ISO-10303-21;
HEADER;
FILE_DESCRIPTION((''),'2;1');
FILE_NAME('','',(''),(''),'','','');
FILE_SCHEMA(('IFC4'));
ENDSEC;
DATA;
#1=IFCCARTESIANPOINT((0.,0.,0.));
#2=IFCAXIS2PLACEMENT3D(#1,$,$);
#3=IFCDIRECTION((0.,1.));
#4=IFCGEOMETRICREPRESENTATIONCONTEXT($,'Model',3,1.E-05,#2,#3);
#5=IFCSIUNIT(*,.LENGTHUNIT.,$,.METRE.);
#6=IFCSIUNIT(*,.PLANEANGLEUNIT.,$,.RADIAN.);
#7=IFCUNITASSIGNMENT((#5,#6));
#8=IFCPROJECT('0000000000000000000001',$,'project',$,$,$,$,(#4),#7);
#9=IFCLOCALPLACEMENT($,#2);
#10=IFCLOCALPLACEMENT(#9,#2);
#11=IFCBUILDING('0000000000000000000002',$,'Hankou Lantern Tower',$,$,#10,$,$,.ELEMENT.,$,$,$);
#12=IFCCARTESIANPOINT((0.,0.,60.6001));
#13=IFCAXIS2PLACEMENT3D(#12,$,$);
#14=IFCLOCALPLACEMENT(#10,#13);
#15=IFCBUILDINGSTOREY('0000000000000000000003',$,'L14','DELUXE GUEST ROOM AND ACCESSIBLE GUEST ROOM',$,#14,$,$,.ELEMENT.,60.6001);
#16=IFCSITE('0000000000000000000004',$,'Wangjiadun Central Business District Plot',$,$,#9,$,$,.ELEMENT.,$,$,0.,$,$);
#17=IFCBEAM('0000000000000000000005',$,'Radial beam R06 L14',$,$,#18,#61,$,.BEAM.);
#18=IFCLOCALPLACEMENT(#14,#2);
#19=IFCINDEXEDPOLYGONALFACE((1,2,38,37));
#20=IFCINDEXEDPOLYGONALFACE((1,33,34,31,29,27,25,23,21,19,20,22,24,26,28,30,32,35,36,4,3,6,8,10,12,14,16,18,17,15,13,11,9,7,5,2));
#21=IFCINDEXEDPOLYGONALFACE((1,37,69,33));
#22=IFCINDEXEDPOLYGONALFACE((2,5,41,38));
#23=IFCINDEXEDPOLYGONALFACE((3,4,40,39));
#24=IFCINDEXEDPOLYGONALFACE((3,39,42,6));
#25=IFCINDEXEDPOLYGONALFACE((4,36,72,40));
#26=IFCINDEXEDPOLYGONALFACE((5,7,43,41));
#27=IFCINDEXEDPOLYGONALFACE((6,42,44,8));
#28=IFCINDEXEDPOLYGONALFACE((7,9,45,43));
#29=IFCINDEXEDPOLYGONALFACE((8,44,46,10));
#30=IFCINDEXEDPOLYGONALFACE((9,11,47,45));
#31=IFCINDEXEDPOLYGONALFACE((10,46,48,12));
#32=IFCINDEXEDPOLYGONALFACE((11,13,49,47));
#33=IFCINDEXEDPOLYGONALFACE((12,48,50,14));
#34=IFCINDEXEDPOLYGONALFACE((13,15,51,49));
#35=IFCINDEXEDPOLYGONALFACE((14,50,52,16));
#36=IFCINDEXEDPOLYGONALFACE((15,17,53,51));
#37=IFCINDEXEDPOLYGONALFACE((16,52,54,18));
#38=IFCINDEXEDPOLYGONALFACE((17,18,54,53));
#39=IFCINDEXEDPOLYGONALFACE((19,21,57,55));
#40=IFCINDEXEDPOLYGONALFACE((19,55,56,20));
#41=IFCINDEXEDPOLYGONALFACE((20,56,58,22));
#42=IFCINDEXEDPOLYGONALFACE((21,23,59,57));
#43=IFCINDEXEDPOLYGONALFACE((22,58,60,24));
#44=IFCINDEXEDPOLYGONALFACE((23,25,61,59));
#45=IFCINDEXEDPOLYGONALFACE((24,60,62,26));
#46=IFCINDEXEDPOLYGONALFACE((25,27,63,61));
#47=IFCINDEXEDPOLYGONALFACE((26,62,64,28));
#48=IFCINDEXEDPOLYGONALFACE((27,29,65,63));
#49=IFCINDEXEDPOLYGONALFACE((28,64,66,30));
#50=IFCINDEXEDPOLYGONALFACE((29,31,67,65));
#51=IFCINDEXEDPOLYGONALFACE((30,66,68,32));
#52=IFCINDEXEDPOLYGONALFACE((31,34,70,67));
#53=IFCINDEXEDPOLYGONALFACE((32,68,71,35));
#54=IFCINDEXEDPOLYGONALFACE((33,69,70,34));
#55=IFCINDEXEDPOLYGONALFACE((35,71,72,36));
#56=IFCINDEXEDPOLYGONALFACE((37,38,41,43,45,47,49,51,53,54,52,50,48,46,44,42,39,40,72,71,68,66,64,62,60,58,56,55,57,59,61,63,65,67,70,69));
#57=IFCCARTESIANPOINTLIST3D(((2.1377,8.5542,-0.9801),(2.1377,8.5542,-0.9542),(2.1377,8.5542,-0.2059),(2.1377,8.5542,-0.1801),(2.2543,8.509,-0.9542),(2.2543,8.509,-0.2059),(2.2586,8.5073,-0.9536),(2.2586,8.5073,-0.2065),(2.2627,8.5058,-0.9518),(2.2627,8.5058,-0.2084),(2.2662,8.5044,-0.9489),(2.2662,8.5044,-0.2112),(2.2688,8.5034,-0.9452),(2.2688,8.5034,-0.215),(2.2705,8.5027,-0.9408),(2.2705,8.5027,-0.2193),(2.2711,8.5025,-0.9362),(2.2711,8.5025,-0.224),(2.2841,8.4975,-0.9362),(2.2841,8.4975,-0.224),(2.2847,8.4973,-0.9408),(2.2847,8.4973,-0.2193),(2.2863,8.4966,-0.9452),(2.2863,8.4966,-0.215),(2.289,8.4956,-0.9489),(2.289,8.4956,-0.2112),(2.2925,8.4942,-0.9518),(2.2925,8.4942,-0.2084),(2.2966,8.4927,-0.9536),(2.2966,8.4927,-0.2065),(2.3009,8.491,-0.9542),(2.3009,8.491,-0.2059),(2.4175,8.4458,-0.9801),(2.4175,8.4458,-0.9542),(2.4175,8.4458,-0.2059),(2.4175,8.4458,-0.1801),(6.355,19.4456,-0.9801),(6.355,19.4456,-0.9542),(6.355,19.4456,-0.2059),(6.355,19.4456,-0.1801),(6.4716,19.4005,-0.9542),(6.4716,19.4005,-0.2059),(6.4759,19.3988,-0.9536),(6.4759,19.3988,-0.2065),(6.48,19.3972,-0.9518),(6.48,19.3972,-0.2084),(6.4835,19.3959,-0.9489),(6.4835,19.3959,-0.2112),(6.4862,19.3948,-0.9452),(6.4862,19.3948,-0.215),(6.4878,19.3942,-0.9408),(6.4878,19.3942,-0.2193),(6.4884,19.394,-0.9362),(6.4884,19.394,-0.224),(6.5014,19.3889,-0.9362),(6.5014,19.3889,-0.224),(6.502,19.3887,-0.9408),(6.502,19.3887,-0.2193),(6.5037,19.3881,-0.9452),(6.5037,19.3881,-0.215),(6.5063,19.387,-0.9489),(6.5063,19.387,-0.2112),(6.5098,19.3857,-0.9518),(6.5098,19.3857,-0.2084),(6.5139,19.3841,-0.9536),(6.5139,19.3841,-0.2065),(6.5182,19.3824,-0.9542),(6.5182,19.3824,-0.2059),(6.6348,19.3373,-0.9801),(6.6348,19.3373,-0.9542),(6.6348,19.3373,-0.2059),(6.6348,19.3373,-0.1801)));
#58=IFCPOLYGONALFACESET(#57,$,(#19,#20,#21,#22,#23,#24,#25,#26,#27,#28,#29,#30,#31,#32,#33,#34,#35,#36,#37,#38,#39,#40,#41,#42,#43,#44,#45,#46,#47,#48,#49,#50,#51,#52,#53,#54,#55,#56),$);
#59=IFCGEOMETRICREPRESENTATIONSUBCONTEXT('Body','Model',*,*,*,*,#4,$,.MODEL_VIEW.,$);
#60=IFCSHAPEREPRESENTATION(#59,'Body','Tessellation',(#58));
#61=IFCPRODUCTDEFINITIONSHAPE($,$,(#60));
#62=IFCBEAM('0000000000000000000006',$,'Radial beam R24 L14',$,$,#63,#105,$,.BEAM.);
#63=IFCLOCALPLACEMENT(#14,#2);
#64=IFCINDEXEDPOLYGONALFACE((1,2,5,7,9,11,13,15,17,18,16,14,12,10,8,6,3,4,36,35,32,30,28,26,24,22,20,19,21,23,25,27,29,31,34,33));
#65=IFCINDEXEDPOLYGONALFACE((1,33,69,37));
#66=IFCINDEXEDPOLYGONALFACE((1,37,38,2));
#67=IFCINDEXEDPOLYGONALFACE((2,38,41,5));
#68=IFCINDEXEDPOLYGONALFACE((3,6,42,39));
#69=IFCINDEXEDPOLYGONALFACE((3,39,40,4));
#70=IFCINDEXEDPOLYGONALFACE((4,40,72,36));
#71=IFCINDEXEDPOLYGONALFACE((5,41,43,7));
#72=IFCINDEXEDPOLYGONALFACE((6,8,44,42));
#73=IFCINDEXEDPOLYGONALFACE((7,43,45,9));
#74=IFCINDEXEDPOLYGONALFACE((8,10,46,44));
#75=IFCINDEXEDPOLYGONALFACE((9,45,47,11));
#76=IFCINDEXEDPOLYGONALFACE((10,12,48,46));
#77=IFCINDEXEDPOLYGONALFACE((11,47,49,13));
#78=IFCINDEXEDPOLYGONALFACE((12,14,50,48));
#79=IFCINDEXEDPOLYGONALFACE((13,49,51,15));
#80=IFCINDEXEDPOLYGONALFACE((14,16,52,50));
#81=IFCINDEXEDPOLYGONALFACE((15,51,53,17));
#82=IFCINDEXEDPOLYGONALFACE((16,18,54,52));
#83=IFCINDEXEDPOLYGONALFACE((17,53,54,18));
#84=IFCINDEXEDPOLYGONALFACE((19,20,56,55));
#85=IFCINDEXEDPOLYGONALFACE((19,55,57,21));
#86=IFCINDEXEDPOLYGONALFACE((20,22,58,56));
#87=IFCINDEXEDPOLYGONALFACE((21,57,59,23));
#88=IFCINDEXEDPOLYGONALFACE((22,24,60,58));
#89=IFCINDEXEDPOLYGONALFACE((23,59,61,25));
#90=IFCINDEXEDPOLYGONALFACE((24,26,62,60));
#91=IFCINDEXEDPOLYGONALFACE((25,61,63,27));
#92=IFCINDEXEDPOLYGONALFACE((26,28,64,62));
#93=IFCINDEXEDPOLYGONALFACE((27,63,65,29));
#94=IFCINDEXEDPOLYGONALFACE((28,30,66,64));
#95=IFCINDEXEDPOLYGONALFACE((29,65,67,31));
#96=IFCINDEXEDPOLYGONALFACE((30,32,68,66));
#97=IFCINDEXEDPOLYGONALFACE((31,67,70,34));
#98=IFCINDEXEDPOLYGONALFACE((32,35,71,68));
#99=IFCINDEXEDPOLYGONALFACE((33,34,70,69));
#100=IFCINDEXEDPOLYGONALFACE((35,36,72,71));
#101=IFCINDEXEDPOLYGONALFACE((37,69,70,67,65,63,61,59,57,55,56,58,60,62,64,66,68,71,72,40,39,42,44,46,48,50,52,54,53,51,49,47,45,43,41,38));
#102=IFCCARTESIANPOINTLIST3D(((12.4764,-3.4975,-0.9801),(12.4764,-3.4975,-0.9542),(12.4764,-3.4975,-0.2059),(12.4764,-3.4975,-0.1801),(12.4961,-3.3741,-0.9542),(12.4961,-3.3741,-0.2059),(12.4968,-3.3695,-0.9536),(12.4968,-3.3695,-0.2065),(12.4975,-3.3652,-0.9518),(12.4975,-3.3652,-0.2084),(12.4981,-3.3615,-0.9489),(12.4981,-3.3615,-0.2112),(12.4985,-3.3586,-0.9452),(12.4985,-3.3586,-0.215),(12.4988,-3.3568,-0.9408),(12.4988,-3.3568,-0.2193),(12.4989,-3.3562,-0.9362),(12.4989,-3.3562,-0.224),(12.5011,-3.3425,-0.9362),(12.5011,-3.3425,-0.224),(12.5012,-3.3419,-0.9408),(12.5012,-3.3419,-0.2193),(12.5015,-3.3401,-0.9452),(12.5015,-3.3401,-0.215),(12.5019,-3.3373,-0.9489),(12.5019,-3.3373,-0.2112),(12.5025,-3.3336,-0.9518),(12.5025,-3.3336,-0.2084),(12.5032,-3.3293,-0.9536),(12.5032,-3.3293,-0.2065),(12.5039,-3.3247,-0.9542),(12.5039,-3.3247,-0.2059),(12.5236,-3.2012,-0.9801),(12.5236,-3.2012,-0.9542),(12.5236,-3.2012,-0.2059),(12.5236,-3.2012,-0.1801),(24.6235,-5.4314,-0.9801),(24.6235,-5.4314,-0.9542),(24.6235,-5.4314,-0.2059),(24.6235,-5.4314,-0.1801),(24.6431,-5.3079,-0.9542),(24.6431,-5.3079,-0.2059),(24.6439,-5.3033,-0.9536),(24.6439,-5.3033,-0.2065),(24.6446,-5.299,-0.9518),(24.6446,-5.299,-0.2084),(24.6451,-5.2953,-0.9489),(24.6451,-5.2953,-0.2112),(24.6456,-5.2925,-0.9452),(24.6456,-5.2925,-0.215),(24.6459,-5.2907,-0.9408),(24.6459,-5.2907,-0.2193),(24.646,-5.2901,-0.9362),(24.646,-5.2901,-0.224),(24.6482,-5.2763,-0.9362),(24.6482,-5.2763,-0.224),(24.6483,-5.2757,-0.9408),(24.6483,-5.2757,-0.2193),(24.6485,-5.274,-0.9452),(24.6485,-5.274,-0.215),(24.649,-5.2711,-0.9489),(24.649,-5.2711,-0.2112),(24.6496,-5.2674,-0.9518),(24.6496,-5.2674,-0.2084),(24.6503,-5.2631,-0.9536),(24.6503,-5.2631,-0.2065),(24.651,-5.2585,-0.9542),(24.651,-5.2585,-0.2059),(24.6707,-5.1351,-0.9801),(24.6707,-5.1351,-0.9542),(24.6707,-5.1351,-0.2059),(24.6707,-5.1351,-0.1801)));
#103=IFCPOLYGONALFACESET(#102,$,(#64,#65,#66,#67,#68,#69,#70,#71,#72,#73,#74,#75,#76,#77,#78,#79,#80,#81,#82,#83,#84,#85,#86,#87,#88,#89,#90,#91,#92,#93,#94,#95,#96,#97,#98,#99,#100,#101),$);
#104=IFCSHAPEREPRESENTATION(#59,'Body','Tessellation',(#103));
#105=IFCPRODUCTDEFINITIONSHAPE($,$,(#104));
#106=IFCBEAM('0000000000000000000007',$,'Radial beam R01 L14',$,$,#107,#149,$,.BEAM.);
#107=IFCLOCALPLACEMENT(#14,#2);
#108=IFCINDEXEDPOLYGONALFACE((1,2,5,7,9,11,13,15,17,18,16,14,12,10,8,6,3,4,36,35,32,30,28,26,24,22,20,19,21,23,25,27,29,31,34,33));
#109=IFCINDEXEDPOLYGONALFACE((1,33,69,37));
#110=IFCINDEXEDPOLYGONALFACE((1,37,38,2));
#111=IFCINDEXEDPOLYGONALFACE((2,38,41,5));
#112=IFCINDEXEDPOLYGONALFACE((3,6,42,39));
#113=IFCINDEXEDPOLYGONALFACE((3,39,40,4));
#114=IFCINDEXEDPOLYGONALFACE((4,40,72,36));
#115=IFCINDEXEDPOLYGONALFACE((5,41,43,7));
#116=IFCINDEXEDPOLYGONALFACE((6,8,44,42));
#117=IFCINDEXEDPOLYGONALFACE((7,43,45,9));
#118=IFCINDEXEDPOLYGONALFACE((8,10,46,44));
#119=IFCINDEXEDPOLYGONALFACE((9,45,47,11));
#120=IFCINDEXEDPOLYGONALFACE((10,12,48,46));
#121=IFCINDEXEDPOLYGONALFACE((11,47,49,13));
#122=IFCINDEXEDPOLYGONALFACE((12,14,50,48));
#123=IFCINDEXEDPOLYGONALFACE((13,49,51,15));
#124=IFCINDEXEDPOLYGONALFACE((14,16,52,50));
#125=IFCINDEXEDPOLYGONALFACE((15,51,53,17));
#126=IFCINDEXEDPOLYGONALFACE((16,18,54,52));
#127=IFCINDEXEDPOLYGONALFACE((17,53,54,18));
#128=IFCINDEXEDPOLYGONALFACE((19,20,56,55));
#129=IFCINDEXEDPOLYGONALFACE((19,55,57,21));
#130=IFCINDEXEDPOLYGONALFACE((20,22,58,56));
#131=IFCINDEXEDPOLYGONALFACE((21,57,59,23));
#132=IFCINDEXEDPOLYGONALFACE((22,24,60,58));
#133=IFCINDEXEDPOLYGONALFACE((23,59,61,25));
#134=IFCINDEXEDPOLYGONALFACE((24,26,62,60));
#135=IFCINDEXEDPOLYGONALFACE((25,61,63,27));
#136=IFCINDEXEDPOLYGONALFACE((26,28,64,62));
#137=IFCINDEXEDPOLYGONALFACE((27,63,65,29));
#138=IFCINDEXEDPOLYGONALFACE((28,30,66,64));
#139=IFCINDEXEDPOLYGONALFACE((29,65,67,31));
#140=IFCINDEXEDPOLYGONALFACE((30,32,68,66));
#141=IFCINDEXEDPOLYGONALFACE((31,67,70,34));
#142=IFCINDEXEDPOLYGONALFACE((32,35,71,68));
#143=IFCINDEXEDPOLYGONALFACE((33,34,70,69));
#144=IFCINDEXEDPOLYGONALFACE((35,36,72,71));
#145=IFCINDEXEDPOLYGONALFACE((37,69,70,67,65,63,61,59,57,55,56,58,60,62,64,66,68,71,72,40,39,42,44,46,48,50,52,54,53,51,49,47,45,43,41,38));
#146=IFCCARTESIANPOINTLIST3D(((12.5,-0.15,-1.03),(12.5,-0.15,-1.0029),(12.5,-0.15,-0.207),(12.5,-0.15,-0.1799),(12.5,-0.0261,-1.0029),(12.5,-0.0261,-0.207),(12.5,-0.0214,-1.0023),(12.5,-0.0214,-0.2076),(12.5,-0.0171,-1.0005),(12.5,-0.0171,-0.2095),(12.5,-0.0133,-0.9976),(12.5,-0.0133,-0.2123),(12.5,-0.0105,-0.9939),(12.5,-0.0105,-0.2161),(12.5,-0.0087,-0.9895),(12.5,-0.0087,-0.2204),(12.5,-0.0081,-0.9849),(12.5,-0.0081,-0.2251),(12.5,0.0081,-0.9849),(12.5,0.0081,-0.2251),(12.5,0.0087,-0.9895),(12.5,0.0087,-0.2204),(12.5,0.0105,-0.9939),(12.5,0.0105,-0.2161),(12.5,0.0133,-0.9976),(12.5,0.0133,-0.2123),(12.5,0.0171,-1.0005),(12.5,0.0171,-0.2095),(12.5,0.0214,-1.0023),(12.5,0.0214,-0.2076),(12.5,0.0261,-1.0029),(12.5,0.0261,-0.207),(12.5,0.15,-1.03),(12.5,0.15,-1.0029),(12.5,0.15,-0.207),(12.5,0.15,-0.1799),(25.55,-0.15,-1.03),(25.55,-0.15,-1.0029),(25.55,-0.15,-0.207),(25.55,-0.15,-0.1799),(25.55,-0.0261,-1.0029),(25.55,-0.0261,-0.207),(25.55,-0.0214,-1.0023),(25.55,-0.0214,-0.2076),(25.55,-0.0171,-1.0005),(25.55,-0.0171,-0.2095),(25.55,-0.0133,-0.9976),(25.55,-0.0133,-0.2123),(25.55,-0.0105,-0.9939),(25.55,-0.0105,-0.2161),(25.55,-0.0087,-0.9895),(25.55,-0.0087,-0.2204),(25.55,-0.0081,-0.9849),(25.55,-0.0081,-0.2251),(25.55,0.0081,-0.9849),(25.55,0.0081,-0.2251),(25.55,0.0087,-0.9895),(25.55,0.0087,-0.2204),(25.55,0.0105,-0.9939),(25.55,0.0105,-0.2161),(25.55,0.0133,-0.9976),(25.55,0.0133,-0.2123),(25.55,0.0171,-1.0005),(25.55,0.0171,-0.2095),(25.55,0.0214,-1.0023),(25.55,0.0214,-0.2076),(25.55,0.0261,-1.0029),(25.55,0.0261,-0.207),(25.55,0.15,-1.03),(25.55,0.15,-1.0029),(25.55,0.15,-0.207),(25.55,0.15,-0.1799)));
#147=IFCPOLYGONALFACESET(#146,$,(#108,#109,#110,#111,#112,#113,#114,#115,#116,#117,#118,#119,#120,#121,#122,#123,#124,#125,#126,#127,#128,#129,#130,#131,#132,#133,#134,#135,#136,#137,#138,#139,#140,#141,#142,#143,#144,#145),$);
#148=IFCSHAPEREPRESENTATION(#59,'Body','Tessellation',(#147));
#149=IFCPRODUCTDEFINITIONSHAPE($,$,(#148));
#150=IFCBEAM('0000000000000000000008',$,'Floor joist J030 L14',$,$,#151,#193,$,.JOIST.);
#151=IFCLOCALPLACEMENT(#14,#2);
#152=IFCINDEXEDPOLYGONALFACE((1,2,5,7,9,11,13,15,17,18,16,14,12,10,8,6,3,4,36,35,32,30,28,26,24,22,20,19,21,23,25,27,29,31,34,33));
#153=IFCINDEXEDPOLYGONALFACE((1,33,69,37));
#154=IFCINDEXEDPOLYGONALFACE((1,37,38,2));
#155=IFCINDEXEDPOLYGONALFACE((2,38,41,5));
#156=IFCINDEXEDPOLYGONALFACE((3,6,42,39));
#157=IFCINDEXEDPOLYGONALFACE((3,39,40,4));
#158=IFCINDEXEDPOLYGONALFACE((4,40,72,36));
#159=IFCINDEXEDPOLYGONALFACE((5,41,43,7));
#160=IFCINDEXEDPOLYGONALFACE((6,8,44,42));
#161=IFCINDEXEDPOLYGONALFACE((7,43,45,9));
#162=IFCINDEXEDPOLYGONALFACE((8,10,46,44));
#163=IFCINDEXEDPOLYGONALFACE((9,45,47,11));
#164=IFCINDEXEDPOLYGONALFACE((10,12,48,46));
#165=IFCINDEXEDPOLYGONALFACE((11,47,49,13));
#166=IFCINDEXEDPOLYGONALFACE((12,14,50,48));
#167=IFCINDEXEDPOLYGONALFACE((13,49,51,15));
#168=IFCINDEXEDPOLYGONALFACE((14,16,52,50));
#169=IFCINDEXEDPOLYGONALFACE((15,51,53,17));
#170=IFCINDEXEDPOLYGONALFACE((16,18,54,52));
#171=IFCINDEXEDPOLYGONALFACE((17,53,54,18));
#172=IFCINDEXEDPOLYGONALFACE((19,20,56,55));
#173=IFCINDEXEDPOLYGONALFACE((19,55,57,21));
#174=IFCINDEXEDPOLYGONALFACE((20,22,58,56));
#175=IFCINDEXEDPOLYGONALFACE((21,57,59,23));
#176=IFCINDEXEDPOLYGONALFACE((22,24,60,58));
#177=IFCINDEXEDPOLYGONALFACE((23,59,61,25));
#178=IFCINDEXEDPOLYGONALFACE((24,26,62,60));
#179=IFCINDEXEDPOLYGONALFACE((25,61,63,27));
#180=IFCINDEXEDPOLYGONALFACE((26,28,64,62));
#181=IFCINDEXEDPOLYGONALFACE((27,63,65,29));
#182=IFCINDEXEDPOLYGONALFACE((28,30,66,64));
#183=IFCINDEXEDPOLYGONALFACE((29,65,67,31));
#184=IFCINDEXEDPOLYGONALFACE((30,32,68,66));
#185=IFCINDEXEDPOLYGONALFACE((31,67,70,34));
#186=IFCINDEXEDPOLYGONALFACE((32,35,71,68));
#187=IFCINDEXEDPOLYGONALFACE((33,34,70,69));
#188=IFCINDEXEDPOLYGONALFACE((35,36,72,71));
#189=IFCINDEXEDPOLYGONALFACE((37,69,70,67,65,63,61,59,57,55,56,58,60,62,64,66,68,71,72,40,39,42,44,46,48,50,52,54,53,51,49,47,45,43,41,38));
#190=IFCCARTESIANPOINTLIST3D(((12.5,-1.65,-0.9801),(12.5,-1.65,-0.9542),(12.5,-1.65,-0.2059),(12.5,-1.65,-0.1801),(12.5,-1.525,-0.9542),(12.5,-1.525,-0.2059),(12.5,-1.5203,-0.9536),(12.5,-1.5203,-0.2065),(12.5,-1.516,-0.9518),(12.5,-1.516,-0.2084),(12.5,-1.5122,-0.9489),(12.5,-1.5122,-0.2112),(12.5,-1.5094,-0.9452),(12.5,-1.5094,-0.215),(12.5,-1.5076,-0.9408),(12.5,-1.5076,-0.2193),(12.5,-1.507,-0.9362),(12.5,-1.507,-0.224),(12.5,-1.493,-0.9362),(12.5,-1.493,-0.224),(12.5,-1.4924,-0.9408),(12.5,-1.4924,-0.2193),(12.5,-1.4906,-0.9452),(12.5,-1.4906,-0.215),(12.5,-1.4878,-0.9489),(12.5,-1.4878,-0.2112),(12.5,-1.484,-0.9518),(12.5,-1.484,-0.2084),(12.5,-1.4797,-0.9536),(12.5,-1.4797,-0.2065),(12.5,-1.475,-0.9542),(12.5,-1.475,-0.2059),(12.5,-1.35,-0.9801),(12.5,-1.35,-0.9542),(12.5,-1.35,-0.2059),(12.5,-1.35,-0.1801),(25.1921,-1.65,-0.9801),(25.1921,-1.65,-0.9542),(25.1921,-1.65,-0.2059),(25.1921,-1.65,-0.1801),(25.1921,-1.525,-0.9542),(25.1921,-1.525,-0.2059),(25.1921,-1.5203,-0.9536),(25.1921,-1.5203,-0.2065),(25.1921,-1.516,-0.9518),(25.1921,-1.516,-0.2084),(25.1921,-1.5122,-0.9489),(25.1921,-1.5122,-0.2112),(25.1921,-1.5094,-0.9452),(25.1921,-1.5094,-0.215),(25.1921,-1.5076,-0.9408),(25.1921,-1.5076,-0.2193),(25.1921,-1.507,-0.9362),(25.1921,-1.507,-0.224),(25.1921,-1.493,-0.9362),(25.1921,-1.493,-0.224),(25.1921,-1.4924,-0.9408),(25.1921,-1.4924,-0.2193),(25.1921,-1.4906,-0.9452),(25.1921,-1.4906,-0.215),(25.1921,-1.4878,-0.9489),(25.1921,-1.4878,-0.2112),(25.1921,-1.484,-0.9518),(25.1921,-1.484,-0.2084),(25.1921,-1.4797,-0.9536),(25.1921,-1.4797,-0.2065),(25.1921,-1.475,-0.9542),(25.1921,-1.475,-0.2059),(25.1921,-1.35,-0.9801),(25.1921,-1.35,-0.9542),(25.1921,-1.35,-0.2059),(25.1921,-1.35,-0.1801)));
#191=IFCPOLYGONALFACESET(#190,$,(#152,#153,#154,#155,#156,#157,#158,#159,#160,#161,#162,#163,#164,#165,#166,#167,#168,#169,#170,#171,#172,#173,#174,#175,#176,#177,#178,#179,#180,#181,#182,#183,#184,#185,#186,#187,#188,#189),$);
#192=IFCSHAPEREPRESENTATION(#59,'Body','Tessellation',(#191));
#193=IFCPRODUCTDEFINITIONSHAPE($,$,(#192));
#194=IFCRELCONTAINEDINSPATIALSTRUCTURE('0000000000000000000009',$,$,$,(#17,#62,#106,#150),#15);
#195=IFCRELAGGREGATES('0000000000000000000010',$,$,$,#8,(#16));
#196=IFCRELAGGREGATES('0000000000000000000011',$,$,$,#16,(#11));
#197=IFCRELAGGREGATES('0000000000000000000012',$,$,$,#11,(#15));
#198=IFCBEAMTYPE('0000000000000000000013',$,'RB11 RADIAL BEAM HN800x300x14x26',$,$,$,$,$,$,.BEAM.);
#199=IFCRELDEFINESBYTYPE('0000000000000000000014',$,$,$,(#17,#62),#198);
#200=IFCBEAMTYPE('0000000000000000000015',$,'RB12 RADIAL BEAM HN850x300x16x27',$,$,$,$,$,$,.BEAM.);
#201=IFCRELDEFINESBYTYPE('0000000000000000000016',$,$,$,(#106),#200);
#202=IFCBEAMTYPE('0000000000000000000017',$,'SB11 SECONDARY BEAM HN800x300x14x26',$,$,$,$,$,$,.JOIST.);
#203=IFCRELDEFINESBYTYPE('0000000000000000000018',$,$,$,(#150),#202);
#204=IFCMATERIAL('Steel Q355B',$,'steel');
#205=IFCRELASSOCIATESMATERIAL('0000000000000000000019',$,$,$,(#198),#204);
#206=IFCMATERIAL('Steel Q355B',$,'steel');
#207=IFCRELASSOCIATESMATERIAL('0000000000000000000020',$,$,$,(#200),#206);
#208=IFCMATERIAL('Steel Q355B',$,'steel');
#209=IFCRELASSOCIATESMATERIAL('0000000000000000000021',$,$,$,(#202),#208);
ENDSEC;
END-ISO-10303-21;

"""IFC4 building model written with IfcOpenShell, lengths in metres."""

from ifc_helpers import new_model, si_unit, direction, frame, origin, origin_2d, place, context, subcontext, project, spatial, i_section, extrude, material, material_profile, profile_set, type_object, element, save


model = new_model("IFC4")

# Units and contexts
model_context = context("Model", 3, precision=1e-05, world=origin(), true_north=direction((0.0, 1.0)))
body_context = subcontext(model_context, "Body", "Model", "MODEL_VIEW")
ifc_project = project(units=[si_unit("LENGTHUNIT", "METRE"), si_unit("PLANEANGLEUNIT", "RADIAN")], contexts=[model_context])

# Site, building, storey
site_placement = place(None, origin())
site = spatial("IfcSite", under=ifc_project, at=site_placement, Name="Wangjiadun Central Business District Plot", CompositionType="ELEMENT", RefElevation=0.0)
building_placement = place(site_placement, origin())
building = spatial("IfcBuilding", under=site, at=building_placement, Name="Hankou Lantern Tower", CompositionType="ELEMENT")
storey_placement = place(building_placement, frame((0.0, 0.0, 60.6001)))
storey = spatial("IfcBuildingStorey", under=building, at=storey_placement, Name="L14", Description="DELUXE GUEST ROOM AND ACCESSIBLE GUEST ROOM", CompositionType="ELEMENT", Elevation=60.6001)

# Beams
ifc_material_1 = material(Name="Steel Q355B", Category="steel")
ifc_material_profile_1 = material_profile(ifc_material_1, i_section(OverallWidth=0.3, OverallDepth=0.8, WebThickness=0.0139, FlangeThickness=0.0259, FilletRadius=0.0181, at=origin_2d()), Name="HN800x300x14x26")
ifc_profile_set_1 = profile_set([ifc_material_profile_1], Name="Steel Q355B")
beam_type_1 = type_object("IfcBeamType", Name="RB11 RADIAL BEAM HN800x300x14x26", PredefinedType="BEAM", material=ifc_profile_set_1)
beam_1_placement = place(storey_placement, frame((2.2776, 8.5, -0.5801), z_axis=(0.361089, 0.932531, 0.0), x_axis=(-0.932531, 0.361089, 0.0)))
element("IfcBeam", 1, at=beam_1_placement, inside=storey, type_object=beam_type_1, Name="Radial beam R06 L14", PredefinedType="BEAM", context=body_context, shape_type="SweptSolid", body=[
    extrude(i_section(OverallWidth=0.3, OverallDepth=0.8, WebThickness=0.0139, FlangeThickness=0.0259, FilletRadius=0.0181, at=origin_2d()), origin(), (0.0, 0.0, 1.0), 11.6794),
])
beam_2_placement = place(storey_placement, frame((12.5, -3.3494, -0.5801), z_axis=(0.987563, -0.157223, 0.0), x_axis=(0.157223, 0.987563, 0.0)))
element("IfcBeam", 2, at=beam_2_placement, inside=storey, type_object=beam_type_1, Name="Radial beam R24 L14", PredefinedType="BEAM", context=body_context, shape_type="SweptSolid", body=[
    extrude(i_section(OverallWidth=0.3, OverallDepth=0.8, WebThickness=0.0139, FlangeThickness=0.0259, FilletRadius=0.0181, at=origin_2d()), origin(), (0.0, 0.0, 1.0), 12.3),
])
ifc_material_2 = material(Name="Steel Q355B", Category="steel")
ifc_material_profile_2 = material_profile(ifc_material_2, i_section(OverallWidth=0.3, OverallDepth=0.8501, WebThickness=0.0161, FlangeThickness=0.0271, FilletRadius=0.0181, at=origin_2d()), Name="HN850x300x16x27")
ifc_profile_set_2 = profile_set([ifc_material_profile_2], Name="Steel Q355B")
beam_type_2 = type_object("IfcBeamType", Name="RB12 RADIAL BEAM HN850x300x16x27", PredefinedType="BEAM", material=ifc_profile_set_2)
beam_3_placement = place(storey_placement, frame((12.5, 0.0, -0.605), z_axis=(1.0, 0.0, 0.0), x_axis=(0.0, 1.0, 0.0)))
element("IfcBeam", 3, at=beam_3_placement, inside=storey, type_object=beam_type_2, Name="Radial beam R01 L14", PredefinedType="BEAM", context=body_context, shape_type="SweptSolid", body=[
    extrude(i_section(OverallWidth=0.3, OverallDepth=0.8501, WebThickness=0.0161, FlangeThickness=0.0271, FilletRadius=0.0181, at=origin_2d()), origin(), (0.0, 0.0, 1.0), 13.05),
])
ifc_material_3 = material(Name="Steel Q355B", Category="steel")
ifc_material_profile_3 = material_profile(ifc_material_3, i_section(OverallWidth=0.3, OverallDepth=0.8, WebThickness=0.0139, FlangeThickness=0.0259, FilletRadius=0.0181, at=origin_2d()), Name="HN800x300x14x26")
ifc_profile_set_3 = profile_set([ifc_material_profile_3], Name="Steel Q355B")
beam_type_3 = type_object("IfcBeamType", Name="SB11 SECONDARY BEAM HN800x300x14x26", PredefinedType="JOIST", material=ifc_profile_set_3)
for number, where, z_axis, x_axis, name in (
    (4, (12.5, -1.5, -0.5801), (1.0, 0.0, 0.0), (0.0, 1.0, 0.0), "Floor joist J030 L14"),
):
    element("IfcBeam", number, at=place(storey_placement, frame(where, z_axis=z_axis, x_axis=x_axis)), inside=storey, type_object=beam_type_3, Name=name, PredefinedType="JOIST", context=body_context, shape_type="SweptSolid", body=[
        extrude(i_section(OverallWidth=0.3, OverallDepth=0.8, WebThickness=0.0139, FlangeThickness=0.0259, FilletRadius=0.0181, at=origin_2d()), origin(), (0.0, 0.0, 1.0), 12.6921),
    ])

save(model, "model.ifc")
